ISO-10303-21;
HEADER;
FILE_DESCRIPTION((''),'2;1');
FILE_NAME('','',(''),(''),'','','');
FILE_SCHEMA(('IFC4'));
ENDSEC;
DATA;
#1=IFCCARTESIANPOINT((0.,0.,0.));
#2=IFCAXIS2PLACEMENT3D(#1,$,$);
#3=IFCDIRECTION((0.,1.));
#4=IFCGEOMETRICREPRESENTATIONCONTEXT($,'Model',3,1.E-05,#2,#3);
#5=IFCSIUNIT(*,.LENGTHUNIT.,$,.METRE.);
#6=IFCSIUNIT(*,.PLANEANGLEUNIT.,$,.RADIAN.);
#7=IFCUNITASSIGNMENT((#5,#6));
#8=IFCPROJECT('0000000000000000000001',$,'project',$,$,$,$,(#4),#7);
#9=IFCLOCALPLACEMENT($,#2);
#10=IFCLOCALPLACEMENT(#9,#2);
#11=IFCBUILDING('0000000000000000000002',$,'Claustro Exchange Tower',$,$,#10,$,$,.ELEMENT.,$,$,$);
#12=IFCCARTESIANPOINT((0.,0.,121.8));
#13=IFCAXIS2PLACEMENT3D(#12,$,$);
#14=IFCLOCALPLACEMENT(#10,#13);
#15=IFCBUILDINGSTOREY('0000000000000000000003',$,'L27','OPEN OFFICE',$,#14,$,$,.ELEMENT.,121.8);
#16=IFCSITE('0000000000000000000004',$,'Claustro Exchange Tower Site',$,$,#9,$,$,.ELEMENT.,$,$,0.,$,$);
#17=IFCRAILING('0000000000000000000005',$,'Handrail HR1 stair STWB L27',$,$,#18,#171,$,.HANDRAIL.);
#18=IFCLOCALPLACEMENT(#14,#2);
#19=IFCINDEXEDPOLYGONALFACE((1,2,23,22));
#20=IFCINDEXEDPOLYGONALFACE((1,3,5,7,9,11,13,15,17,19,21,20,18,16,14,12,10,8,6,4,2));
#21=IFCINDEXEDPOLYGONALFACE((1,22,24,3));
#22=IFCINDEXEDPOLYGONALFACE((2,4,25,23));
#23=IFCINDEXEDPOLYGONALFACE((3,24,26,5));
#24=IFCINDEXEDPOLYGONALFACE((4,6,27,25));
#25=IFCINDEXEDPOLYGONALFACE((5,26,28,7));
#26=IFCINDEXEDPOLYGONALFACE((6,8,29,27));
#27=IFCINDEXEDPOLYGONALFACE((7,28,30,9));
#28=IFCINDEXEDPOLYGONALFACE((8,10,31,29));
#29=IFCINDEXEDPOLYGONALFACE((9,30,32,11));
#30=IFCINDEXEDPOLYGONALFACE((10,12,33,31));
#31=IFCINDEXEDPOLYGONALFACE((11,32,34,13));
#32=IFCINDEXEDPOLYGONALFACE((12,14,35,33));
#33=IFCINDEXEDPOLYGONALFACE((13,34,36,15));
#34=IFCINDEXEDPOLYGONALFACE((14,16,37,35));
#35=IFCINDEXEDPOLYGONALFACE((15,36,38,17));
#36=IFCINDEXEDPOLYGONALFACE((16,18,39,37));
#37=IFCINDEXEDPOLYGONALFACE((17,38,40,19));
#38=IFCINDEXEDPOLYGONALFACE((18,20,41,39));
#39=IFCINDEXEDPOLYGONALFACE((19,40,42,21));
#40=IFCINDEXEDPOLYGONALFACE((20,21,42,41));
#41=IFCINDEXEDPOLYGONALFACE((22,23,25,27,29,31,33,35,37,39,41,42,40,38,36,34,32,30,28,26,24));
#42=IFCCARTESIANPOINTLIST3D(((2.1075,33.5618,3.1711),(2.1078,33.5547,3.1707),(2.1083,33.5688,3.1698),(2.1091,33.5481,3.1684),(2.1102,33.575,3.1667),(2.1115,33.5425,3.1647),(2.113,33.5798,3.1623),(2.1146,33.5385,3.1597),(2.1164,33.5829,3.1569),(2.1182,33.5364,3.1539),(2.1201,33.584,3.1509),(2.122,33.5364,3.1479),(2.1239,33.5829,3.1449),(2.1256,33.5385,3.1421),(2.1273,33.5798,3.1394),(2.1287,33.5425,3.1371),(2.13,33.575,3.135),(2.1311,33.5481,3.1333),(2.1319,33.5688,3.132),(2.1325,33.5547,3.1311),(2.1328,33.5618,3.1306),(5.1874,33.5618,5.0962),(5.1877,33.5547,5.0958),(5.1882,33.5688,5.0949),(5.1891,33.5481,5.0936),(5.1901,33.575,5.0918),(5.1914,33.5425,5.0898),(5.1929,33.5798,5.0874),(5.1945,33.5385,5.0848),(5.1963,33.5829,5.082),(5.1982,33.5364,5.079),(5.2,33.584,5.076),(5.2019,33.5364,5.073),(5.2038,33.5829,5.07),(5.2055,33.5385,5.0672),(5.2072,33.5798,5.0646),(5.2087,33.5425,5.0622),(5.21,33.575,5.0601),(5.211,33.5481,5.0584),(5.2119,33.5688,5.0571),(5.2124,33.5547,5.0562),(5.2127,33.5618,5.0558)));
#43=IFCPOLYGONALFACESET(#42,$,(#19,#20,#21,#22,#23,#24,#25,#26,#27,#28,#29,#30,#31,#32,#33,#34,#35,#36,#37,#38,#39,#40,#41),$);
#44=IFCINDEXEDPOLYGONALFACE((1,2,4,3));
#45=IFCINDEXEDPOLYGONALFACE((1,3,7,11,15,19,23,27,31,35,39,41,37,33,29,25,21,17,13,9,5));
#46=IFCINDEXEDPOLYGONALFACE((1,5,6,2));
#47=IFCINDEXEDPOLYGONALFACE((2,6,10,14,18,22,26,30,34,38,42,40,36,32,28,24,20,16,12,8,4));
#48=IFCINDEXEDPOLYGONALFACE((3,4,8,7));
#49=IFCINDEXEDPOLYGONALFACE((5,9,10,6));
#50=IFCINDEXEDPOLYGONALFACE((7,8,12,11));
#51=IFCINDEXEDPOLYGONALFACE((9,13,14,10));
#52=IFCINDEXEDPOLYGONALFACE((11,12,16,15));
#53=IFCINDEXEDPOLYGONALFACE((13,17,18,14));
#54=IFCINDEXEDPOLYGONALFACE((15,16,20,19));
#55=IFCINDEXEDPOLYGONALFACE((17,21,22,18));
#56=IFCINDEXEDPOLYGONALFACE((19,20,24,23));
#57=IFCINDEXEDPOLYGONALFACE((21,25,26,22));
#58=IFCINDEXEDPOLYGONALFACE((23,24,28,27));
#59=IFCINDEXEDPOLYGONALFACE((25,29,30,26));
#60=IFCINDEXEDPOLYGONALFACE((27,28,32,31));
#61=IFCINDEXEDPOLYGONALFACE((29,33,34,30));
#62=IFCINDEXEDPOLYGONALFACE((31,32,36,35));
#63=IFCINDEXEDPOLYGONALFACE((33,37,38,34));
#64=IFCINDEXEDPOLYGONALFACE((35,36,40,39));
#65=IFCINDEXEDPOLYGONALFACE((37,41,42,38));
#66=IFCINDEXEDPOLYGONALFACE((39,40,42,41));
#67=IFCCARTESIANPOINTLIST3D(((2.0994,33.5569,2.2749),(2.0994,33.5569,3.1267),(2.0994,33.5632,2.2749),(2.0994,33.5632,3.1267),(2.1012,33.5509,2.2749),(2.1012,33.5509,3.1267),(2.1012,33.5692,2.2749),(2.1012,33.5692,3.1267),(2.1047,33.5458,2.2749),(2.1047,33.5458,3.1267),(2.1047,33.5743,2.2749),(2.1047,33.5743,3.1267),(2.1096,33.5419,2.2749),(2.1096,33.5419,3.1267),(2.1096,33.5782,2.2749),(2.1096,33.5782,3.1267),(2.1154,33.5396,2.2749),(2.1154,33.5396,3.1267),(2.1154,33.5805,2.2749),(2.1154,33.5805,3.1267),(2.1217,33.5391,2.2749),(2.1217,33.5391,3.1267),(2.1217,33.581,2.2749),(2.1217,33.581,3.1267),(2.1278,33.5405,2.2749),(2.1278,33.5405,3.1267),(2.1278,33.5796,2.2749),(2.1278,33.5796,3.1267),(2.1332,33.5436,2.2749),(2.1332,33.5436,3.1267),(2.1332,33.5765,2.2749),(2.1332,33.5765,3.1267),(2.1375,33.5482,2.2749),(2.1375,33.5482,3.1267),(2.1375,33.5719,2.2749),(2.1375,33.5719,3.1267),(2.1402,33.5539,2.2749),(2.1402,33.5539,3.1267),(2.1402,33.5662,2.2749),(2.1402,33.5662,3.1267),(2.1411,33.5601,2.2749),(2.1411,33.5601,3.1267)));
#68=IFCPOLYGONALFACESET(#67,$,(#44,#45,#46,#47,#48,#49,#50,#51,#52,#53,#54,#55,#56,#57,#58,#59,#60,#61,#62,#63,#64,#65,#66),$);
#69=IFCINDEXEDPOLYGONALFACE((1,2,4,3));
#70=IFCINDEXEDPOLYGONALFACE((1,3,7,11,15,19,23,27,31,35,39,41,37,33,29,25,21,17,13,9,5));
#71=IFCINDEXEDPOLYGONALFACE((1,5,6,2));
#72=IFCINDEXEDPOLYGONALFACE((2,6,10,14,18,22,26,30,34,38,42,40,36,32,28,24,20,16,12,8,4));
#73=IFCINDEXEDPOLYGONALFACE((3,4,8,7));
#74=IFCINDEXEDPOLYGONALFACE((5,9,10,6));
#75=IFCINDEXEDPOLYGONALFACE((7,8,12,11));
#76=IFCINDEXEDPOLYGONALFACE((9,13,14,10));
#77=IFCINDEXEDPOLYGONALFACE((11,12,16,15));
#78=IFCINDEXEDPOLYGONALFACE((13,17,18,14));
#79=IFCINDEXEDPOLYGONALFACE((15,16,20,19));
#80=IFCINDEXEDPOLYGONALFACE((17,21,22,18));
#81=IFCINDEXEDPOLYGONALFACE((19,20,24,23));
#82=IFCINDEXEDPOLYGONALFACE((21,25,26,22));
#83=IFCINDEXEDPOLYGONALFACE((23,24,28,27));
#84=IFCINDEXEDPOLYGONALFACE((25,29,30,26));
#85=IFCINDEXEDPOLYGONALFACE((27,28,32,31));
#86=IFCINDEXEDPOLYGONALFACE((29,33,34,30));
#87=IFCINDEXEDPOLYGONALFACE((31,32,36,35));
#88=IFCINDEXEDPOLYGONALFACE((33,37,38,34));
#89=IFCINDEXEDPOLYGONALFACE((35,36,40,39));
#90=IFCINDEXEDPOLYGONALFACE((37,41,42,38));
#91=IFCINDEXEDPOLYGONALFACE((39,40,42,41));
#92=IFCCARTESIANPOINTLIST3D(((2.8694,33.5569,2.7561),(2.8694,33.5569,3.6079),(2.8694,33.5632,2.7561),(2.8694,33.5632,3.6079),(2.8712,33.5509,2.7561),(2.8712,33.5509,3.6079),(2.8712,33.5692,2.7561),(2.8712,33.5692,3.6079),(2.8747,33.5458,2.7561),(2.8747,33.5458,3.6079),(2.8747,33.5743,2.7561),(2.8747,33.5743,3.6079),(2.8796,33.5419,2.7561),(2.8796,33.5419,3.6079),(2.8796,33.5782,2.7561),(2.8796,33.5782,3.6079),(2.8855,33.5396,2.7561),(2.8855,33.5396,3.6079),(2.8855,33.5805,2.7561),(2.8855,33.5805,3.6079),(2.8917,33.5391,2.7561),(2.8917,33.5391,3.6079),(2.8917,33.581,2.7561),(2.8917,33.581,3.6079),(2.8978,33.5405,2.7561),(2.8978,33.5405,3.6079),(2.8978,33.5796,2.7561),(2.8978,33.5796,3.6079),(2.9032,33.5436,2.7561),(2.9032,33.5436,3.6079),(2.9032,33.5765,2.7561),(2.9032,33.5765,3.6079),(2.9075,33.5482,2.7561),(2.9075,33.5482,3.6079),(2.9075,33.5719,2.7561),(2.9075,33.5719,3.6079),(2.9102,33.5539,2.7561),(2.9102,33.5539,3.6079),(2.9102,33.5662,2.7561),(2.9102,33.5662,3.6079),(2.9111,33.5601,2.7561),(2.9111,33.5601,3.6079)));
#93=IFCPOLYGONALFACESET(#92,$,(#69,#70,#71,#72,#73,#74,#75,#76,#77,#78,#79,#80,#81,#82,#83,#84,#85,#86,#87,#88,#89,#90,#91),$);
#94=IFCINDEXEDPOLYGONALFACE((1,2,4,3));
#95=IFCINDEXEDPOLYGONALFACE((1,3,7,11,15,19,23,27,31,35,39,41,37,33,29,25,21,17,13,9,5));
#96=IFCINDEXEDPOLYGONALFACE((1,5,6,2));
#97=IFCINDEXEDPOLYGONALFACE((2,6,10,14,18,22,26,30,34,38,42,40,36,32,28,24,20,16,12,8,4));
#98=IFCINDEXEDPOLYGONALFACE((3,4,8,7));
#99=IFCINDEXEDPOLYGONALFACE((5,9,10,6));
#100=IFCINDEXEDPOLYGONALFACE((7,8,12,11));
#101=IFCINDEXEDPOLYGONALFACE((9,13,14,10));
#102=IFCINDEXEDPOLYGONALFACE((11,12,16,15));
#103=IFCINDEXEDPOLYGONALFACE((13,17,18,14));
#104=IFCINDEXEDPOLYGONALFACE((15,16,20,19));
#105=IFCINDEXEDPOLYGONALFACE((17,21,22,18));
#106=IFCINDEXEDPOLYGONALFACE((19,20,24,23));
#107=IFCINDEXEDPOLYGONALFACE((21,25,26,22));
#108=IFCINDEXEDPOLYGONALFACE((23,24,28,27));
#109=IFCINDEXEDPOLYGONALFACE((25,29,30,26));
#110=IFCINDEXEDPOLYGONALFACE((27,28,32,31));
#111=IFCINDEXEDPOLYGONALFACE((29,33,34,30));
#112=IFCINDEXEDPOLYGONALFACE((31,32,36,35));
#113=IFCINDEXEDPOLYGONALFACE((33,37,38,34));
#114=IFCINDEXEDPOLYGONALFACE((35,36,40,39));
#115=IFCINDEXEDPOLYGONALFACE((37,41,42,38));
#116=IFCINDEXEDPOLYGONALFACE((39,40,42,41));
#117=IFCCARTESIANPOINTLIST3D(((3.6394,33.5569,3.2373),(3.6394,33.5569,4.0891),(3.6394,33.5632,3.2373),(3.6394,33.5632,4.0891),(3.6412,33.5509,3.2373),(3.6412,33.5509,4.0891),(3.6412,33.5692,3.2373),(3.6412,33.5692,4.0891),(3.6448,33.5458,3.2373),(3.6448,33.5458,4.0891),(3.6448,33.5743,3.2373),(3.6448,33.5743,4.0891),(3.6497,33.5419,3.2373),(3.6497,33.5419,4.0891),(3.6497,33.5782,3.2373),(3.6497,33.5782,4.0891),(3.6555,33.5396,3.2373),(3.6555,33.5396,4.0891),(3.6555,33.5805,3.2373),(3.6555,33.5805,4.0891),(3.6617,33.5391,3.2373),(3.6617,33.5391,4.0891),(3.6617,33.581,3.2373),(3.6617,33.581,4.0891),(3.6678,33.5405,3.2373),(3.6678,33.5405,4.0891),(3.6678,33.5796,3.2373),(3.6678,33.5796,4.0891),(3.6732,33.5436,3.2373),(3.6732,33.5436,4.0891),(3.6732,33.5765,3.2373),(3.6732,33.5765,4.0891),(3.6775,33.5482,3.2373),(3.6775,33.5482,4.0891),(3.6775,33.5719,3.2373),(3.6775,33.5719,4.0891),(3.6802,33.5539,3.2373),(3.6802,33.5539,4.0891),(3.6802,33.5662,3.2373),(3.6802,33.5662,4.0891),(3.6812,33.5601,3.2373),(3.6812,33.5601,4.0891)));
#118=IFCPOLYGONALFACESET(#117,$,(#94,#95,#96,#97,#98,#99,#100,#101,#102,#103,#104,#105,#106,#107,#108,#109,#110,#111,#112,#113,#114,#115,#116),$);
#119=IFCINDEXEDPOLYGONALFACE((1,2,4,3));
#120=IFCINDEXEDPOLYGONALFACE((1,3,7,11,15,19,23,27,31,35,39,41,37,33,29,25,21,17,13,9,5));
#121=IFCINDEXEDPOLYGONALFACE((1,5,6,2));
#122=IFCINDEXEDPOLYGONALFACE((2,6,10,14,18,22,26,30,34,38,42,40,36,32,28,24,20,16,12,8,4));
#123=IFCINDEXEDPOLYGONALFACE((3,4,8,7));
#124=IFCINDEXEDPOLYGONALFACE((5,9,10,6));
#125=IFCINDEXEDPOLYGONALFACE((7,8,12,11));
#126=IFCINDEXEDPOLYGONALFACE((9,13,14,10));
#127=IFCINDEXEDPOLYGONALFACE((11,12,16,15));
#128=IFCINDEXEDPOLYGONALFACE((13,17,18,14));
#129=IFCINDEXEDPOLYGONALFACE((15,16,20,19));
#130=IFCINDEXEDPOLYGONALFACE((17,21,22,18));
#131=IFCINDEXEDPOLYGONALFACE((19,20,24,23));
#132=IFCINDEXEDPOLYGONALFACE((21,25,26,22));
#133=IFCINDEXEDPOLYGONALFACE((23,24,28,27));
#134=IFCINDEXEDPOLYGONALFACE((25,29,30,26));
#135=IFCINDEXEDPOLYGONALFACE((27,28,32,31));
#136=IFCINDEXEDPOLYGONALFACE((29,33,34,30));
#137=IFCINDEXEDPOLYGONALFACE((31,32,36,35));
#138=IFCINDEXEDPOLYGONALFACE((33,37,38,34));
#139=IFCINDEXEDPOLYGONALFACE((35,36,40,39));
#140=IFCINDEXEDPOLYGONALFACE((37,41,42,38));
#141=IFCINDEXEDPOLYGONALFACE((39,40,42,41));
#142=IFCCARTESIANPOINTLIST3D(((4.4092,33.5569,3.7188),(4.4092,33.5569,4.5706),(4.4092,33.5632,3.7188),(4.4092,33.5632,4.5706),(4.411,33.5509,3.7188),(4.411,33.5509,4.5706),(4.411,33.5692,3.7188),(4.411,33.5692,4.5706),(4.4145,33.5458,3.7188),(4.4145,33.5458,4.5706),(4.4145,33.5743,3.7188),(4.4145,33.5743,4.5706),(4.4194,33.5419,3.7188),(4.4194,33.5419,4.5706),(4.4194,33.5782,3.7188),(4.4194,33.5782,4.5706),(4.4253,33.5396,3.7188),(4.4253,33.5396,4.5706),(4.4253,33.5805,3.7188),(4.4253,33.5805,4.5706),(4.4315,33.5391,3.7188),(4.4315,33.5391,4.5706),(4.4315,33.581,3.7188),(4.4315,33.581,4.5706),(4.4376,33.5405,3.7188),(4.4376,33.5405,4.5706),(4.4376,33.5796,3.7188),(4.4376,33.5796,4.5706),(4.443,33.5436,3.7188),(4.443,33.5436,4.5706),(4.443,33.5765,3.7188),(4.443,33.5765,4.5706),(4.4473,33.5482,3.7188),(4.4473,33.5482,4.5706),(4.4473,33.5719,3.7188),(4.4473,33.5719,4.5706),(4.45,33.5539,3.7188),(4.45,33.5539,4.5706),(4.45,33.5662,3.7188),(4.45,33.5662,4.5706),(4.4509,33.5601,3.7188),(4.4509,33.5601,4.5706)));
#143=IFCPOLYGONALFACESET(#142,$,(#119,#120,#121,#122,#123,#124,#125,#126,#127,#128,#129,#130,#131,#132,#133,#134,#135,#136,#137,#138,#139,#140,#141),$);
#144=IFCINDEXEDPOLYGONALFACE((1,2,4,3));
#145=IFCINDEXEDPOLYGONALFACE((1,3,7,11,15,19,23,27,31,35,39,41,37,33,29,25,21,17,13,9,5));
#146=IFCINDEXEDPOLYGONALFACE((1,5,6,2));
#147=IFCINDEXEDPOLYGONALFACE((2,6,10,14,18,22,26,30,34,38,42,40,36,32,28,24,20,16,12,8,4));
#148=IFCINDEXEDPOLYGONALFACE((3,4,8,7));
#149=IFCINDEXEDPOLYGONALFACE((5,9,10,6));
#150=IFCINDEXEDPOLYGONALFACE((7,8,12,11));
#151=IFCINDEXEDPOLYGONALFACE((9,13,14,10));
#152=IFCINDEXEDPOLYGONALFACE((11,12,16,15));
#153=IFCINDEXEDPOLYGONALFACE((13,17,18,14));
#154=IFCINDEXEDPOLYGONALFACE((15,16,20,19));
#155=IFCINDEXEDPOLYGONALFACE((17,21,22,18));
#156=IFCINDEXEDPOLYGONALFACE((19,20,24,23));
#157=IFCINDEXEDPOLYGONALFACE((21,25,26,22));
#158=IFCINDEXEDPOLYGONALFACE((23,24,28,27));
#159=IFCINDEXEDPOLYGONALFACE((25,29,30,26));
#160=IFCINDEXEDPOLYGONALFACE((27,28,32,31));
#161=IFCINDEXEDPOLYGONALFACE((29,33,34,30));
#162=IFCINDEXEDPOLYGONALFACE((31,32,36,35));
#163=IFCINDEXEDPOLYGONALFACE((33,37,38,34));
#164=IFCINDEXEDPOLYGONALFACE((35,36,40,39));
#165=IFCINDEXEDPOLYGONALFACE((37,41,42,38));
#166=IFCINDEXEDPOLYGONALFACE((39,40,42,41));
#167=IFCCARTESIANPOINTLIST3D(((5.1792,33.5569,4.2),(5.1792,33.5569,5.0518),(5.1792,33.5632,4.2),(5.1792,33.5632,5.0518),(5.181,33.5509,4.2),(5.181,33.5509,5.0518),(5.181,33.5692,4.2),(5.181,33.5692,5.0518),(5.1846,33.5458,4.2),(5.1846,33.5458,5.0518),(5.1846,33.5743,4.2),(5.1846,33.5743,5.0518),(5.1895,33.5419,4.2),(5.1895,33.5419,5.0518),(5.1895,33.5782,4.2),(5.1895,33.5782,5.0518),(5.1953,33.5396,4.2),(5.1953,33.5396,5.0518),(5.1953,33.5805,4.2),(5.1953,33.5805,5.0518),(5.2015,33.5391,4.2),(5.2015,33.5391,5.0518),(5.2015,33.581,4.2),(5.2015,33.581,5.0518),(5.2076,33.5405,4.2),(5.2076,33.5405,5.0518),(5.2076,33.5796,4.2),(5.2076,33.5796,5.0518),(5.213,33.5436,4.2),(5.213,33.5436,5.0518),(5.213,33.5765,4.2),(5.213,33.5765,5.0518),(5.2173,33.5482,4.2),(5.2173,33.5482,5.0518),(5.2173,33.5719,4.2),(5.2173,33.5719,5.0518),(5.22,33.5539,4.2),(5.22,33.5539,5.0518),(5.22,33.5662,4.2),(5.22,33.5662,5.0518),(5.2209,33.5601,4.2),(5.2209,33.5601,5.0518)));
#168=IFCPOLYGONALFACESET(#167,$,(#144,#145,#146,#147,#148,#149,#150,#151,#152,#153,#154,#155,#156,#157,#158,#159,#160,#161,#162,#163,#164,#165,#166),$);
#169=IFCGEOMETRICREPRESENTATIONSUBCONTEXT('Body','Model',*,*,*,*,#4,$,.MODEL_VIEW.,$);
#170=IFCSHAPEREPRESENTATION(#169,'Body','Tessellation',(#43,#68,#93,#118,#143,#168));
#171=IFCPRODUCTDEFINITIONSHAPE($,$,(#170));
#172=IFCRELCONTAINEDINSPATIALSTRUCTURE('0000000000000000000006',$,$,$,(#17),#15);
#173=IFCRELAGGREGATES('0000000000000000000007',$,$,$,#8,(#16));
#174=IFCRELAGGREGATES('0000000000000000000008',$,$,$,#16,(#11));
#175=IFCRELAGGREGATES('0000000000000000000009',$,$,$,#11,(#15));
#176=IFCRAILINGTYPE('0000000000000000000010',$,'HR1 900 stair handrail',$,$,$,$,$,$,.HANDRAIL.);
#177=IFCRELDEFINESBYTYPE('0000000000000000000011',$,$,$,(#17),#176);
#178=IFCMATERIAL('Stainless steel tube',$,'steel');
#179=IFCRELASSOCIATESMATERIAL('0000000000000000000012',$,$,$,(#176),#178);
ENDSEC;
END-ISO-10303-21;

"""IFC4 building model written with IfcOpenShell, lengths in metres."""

from ifc_helpers import new_model, si_unit, direction, frame, origin, origin_2d, place, context, subcontext, project, spatial, circle, extrude, material, type_object, element, save


model = new_model("IFC4")

# Units and contexts
model_context = context("Model", 3, precision=1e-05, world=origin(), true_north=direction((0.0, 1.0)))
body_context = subcontext(model_context, "Body", "Model", "MODEL_VIEW")
ifc_project = project(units=[si_unit("LENGTHUNIT", "METRE"), si_unit("PLANEANGLEUNIT", "RADIAN")], contexts=[model_context])

# Site, building, storey
site_placement = place(None, origin())
site = spatial("IfcSite", under=ifc_project, at=site_placement, Name="Claustro Exchange Tower Site", CompositionType="ELEMENT", RefElevation=0.0)
building_placement = place(site_placement, origin())
building = spatial("IfcBuilding", under=site, at=building_placement, Name="Claustro Exchange Tower", CompositionType="ELEMENT")
storey_placement = place(building_placement, frame((0.0, 0.0, 121.8)))
storey = spatial("IfcBuildingStorey", under=building, at=storey_placement, Name="L27", Description="OPEN OFFICE", CompositionType="ELEMENT", Elevation=121.8)

# Railing
ifc_material_1 = material(Name="Stainless steel tube", Category="steel")
railing_type_1 = type_object("IfcRailingType", Name="HR1 900 stair handrail", PredefinedType="HANDRAIL", material=ifc_material_1)
railing_1_placement = place(storey_placement, frame((2.1201, 33.5601, 2.2749)))
element("IfcRailing", 1, at=railing_1_placement, inside=storey, type_object=railing_type_1, Name="Handrail HR1 stair STWB L27", PredefinedType="HANDRAIL", context=body_context, shape_type="SweptSolid", body=[
    extrude(circle(Radius=0.0239, at=origin_2d()), frame((0.0, 0.0, 0.876), z_axis=(0.847979, 0.0, 0.530029), x_axis=(0.0, 1.0, 0.0)), (0.0, 0.0, 1.0), 3.6321),
    extrude(circle(Radius=0.021, at=origin_2d()), origin(), (0.0, 0.0, 1.0), 0.8518),
    extrude(circle(Radius=0.021, at=origin_2d()), frame((0.77, 0.0, 0.4812)), (0.0, 0.0, 1.0), 0.8518),
    extrude(circle(Radius=0.021, at=origin_2d()), frame((1.54, 0.0, 0.9624)), (0.0, 0.0, 1.0), 0.8518),
    extrude(circle(Radius=0.021, at=origin_2d()), frame((2.3098, 0.0, 1.4438)), (0.0, 0.0, 1.0), 0.8518),
    extrude(circle(Radius=0.021, at=origin_2d()), frame((3.0798, 0.0, 1.925)), (0.0, 0.0, 1.0), 0.8518),
])

save(model, "model.ifc")
